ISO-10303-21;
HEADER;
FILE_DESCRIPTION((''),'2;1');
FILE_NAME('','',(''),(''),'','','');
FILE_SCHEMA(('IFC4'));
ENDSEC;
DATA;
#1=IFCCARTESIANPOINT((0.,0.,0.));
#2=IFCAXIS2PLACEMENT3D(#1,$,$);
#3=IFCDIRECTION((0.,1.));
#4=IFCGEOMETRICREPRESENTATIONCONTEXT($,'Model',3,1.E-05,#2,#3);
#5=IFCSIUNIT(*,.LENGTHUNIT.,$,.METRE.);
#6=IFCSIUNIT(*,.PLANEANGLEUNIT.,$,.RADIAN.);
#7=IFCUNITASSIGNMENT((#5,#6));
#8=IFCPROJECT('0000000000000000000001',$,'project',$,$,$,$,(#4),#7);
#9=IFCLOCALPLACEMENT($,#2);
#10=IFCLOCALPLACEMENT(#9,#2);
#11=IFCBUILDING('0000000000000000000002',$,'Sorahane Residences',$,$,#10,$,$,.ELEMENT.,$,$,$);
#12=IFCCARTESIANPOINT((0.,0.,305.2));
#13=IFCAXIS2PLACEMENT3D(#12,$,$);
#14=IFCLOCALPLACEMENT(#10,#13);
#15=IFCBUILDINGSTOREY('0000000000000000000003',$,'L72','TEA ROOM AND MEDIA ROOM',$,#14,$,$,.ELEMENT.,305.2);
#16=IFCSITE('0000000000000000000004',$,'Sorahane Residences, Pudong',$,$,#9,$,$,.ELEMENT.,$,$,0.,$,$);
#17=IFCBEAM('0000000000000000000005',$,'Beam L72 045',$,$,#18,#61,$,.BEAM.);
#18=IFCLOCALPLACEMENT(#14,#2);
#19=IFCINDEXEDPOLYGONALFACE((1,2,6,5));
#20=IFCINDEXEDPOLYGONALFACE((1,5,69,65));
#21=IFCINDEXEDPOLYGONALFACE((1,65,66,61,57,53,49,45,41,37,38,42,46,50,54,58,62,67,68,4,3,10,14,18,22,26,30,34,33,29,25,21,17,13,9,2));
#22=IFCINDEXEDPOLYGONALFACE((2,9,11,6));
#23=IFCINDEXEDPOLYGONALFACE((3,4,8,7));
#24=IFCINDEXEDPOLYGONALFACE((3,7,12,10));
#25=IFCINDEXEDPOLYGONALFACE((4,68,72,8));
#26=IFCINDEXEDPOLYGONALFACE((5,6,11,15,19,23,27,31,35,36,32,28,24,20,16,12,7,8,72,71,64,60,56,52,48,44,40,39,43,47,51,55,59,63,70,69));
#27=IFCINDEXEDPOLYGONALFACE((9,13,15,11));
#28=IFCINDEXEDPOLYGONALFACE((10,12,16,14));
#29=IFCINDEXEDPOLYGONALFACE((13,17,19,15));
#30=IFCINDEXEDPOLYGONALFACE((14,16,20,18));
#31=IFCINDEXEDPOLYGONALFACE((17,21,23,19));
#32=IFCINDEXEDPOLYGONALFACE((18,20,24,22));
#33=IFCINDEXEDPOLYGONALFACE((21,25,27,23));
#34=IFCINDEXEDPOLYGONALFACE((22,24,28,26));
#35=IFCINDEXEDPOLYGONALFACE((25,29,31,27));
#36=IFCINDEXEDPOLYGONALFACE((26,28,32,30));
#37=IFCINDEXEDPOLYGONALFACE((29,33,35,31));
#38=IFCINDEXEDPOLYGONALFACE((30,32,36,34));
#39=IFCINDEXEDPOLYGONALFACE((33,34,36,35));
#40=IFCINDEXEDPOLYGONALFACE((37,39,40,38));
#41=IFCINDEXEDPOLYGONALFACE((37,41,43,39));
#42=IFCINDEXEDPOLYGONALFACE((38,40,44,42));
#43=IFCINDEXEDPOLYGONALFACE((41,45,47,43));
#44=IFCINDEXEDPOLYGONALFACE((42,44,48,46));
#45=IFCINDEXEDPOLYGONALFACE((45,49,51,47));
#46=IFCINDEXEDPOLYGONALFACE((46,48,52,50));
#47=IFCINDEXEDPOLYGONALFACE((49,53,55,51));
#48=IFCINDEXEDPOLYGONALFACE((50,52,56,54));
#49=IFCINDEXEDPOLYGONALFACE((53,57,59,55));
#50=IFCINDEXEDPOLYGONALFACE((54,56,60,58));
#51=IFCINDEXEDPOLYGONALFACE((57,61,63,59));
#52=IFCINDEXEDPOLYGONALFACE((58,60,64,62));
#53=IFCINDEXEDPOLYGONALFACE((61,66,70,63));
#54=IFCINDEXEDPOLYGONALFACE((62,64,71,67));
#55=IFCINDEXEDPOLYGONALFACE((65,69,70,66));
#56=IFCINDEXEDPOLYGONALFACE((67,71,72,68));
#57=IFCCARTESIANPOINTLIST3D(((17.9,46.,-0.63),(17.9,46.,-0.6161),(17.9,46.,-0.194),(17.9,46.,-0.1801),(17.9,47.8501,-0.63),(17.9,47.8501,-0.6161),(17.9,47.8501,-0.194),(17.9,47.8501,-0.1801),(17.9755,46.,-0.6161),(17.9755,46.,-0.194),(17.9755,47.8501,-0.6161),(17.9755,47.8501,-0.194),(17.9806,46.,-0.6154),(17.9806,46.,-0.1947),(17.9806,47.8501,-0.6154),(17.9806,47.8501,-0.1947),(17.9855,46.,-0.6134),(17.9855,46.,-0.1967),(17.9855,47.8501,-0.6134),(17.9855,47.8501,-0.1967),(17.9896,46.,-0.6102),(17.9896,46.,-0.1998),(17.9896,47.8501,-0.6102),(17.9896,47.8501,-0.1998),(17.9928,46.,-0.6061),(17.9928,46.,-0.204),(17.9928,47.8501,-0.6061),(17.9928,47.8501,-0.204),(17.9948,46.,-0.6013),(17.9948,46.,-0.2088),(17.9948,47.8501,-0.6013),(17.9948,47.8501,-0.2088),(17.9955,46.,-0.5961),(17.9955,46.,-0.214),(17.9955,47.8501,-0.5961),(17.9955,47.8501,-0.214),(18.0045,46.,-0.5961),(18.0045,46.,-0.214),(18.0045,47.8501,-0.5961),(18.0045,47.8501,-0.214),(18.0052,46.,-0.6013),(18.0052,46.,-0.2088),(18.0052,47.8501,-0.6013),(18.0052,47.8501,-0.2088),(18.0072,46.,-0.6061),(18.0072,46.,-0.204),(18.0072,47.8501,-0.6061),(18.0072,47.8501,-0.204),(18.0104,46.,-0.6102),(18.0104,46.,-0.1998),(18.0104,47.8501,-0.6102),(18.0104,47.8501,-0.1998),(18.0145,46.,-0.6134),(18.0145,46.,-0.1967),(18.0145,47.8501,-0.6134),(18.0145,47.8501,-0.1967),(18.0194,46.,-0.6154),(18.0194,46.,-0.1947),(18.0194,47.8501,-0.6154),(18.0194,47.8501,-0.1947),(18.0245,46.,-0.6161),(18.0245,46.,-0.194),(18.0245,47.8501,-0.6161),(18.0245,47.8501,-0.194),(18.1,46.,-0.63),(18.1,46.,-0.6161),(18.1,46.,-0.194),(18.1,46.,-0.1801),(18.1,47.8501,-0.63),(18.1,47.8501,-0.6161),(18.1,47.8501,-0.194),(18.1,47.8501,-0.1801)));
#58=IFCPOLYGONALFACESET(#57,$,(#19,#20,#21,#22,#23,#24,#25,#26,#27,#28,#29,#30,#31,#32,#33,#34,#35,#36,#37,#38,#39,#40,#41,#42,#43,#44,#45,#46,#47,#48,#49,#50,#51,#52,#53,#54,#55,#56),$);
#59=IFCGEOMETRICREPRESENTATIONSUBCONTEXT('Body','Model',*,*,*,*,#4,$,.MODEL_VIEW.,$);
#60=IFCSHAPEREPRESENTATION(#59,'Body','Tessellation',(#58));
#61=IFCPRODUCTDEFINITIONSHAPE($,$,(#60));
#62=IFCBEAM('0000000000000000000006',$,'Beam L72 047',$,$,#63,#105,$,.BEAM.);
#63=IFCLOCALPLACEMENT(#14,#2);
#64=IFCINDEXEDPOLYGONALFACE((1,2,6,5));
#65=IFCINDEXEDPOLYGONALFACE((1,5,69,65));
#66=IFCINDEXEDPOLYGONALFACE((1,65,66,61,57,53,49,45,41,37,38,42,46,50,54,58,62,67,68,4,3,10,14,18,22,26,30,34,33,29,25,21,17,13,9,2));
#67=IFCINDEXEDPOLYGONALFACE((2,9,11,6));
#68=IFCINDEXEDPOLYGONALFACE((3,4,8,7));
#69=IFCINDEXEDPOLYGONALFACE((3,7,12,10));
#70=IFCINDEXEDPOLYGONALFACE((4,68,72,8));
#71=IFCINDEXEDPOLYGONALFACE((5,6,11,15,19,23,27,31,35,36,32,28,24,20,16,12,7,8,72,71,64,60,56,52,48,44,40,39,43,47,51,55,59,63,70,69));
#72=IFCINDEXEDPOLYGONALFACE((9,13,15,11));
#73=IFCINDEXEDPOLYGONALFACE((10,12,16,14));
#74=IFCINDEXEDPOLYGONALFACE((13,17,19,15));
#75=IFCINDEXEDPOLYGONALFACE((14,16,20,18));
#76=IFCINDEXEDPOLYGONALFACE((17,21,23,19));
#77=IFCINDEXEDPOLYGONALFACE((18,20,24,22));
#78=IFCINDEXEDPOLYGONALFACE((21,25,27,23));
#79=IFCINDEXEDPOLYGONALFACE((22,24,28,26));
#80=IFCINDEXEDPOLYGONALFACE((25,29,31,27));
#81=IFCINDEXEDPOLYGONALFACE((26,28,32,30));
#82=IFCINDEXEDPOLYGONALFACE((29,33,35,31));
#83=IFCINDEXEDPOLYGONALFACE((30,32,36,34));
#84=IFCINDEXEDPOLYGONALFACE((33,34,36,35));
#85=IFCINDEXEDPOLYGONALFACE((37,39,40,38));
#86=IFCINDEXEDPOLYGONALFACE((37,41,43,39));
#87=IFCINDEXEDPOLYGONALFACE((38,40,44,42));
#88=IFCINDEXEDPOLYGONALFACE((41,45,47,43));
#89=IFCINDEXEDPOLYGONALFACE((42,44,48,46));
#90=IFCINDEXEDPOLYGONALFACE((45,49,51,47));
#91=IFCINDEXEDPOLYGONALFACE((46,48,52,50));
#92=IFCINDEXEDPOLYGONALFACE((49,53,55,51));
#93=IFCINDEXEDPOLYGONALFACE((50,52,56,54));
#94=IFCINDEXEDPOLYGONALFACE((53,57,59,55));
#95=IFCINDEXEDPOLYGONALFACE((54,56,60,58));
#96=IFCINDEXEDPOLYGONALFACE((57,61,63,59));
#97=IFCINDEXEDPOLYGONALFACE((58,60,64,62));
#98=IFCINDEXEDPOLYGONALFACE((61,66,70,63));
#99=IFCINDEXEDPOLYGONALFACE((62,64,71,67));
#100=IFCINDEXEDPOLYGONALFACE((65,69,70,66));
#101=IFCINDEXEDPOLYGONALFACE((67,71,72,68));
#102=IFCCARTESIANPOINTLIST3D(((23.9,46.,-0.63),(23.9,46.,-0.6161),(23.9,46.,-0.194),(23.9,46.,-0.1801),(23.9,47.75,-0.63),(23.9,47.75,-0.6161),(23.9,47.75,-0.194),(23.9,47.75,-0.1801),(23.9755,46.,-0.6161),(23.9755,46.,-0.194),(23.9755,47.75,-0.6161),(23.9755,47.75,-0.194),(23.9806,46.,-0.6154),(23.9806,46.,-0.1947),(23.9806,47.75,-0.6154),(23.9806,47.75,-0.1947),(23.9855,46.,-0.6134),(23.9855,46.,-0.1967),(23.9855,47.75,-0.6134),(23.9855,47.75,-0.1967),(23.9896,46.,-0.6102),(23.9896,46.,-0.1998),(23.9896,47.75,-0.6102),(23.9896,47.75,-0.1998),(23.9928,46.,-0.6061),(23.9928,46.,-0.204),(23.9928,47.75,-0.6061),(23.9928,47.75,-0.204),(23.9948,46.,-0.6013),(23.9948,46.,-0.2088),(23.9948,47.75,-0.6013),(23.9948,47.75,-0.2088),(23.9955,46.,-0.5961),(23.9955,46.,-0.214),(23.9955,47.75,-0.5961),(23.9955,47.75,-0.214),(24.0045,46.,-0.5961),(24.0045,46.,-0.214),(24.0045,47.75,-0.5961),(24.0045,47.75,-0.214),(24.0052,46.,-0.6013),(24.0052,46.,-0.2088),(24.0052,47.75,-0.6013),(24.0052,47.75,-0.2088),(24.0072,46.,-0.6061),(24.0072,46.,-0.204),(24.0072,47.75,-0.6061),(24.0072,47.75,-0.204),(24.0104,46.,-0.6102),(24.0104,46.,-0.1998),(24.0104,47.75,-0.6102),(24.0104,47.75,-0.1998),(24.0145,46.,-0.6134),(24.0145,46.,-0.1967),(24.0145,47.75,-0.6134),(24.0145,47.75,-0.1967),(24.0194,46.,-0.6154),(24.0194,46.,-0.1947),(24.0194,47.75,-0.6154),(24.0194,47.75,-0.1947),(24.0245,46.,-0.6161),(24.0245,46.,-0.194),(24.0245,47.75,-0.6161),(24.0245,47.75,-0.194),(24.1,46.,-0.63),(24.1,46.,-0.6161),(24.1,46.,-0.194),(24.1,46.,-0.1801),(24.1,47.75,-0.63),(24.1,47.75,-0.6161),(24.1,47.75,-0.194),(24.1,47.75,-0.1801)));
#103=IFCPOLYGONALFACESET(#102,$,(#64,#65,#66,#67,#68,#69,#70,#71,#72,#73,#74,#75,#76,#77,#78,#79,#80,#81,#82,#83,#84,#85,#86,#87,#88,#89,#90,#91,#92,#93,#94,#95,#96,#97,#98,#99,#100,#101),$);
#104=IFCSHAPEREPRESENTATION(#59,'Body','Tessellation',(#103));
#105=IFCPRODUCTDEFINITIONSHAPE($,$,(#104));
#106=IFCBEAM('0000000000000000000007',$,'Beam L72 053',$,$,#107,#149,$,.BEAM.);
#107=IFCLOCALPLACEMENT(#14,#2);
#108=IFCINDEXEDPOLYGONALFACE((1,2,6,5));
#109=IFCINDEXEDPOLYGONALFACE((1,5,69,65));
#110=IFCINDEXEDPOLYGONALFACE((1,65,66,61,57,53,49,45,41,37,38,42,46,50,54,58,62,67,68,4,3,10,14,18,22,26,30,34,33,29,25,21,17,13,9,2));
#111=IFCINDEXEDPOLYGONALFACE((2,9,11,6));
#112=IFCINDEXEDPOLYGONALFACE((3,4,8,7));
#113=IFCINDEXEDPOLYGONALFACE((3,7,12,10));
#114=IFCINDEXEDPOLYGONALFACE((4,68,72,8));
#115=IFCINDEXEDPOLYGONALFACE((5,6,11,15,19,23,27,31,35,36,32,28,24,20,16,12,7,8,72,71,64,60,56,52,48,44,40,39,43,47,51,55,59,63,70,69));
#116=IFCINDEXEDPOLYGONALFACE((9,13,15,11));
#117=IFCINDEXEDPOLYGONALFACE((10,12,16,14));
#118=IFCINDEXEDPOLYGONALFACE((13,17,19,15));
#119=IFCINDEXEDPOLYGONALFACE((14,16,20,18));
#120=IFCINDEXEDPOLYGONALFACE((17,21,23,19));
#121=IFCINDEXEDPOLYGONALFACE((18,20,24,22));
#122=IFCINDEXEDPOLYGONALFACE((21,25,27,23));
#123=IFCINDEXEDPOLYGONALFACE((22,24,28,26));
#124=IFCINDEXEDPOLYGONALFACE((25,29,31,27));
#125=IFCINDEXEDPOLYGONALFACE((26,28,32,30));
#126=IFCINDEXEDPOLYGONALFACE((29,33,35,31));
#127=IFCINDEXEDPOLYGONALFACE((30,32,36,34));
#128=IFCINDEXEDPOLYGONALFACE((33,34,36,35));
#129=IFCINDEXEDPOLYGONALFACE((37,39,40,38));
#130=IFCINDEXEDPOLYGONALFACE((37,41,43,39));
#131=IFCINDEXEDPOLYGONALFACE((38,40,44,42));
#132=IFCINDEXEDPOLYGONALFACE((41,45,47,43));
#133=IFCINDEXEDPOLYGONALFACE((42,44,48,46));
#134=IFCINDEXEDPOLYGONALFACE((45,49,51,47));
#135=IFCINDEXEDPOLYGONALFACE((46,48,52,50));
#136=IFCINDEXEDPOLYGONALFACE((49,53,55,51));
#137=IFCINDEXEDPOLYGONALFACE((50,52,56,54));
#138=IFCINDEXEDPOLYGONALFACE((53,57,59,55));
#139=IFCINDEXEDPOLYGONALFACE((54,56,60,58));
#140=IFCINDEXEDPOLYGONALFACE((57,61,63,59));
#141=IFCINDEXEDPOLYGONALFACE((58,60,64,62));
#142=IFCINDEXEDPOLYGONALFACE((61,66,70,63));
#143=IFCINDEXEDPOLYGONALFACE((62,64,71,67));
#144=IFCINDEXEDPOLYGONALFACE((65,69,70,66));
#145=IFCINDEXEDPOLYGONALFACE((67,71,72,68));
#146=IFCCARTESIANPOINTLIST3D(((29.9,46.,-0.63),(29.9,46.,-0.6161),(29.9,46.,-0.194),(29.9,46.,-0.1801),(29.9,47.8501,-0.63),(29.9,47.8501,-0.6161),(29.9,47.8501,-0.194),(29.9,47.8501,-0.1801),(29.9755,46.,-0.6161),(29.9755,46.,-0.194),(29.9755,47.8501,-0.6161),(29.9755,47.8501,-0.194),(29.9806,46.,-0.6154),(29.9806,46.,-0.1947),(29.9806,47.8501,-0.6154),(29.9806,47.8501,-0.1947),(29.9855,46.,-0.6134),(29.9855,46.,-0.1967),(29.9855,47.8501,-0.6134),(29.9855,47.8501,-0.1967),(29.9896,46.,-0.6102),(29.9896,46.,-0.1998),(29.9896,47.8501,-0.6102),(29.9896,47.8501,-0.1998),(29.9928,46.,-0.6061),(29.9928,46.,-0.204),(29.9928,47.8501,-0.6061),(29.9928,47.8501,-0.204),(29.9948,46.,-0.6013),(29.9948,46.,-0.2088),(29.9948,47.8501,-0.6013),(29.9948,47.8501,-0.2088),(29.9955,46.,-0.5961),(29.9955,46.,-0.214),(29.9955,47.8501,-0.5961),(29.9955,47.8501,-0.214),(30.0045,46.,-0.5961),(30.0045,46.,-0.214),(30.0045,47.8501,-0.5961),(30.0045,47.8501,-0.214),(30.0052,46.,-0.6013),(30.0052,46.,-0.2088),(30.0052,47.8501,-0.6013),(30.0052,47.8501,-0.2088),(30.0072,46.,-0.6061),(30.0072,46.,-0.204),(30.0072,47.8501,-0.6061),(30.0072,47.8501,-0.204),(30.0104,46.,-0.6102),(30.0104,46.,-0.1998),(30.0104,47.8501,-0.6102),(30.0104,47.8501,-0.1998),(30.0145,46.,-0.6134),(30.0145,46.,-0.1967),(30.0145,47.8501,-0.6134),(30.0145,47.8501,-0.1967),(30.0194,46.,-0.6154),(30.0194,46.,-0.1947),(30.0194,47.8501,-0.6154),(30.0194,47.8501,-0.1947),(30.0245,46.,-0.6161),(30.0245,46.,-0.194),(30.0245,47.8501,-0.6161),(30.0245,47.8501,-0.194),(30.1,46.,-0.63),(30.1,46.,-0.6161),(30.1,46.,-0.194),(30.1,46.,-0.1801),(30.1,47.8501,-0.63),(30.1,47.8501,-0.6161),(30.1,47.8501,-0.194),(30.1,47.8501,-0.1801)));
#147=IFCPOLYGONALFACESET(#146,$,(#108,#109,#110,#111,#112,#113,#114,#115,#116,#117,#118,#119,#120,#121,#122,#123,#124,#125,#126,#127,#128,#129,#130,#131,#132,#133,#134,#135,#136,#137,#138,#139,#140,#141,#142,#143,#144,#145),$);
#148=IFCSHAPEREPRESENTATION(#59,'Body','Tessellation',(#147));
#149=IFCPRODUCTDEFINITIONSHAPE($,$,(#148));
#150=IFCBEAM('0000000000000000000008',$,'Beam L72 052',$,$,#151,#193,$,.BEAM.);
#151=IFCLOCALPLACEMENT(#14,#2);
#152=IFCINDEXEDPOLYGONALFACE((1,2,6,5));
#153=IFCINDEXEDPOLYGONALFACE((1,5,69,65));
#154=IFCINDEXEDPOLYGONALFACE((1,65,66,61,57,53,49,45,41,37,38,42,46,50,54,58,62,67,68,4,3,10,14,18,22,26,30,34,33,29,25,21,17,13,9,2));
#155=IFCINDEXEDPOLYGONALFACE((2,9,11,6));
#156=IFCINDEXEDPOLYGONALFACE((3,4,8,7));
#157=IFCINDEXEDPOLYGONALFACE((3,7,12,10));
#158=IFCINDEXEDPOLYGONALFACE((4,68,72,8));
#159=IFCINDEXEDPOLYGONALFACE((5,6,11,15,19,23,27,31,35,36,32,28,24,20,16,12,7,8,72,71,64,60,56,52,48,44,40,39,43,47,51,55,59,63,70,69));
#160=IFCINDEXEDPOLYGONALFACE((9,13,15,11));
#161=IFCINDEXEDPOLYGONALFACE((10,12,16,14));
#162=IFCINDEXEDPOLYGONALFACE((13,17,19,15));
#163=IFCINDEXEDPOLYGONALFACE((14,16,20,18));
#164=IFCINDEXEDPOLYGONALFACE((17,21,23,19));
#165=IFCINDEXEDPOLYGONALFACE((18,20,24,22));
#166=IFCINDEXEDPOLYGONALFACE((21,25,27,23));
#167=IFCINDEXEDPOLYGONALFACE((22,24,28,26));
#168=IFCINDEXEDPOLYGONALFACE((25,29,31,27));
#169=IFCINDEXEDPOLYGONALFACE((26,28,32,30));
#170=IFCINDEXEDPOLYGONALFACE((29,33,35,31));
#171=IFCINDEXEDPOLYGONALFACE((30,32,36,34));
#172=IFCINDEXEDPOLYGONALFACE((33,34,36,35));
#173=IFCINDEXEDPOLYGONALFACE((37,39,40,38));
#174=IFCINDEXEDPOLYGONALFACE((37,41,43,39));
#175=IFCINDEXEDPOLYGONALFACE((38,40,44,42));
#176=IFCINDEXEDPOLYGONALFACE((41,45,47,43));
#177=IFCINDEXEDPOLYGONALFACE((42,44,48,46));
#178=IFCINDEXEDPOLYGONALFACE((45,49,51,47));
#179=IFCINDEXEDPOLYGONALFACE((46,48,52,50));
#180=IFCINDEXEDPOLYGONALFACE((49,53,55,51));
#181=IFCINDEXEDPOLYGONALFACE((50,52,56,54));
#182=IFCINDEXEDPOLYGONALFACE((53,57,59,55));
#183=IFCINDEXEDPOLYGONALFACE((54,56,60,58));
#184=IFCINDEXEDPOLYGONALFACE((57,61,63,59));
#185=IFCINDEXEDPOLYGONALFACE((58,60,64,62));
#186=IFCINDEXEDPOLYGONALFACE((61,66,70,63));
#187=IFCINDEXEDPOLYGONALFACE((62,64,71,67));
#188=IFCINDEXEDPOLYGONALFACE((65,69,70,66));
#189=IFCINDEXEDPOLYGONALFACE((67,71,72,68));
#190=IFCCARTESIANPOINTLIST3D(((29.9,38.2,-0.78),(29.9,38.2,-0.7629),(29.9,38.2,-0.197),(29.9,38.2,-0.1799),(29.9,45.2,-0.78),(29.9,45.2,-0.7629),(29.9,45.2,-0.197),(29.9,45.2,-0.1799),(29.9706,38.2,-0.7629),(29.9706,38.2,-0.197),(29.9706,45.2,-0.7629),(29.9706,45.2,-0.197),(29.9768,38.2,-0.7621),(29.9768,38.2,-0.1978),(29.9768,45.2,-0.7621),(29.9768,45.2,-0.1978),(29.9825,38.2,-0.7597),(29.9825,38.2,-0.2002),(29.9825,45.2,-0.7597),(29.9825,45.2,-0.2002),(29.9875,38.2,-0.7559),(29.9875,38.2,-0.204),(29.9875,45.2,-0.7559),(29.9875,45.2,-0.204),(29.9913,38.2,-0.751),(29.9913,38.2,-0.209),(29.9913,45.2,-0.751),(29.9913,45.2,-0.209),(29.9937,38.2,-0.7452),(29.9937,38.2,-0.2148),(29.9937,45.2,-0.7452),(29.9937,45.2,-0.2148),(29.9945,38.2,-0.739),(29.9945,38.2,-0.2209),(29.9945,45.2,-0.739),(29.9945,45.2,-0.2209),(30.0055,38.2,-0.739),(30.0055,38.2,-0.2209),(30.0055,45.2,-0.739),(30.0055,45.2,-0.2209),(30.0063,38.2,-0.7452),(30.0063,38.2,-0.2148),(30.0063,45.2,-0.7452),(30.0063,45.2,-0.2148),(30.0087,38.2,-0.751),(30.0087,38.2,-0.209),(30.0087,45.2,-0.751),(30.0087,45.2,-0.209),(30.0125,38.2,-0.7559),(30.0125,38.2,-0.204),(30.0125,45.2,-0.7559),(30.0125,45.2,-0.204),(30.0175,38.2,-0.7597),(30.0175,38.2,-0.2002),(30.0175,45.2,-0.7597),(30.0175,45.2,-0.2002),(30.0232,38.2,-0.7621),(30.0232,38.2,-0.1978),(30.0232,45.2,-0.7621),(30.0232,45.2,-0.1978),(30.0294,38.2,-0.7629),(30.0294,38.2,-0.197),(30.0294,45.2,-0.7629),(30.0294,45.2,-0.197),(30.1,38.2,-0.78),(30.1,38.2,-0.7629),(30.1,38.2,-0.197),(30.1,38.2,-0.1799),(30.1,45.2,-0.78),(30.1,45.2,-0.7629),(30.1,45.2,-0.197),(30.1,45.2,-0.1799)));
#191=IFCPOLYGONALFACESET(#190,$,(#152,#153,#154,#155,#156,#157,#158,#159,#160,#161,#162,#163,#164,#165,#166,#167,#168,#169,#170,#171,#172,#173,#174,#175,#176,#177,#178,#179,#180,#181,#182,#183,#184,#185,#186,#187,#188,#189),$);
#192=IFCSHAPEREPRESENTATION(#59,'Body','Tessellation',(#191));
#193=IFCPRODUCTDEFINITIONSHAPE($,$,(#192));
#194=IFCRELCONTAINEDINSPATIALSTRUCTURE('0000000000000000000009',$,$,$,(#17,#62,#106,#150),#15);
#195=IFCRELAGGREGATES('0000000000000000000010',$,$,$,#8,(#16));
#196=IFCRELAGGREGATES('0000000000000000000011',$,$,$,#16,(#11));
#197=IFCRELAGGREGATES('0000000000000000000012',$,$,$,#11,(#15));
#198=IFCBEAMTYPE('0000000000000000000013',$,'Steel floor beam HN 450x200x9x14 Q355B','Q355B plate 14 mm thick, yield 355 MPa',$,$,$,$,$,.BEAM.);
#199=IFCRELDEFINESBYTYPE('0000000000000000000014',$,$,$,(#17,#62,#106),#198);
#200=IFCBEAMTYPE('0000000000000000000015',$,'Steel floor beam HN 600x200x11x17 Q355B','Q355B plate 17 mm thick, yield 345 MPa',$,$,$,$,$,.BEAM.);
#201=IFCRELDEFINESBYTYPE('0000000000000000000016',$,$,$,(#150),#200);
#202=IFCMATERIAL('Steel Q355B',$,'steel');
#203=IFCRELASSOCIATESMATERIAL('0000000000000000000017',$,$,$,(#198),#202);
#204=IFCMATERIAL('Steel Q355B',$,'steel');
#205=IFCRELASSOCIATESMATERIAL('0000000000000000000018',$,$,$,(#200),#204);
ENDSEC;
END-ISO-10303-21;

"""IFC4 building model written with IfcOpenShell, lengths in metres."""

from ifc_helpers import new_model, si_unit, direction, frame, origin, origin_2d, place, context, subcontext, project, spatial, i_section, extrude, material, material_profile, profile_set, type_object, element, save


model = new_model("IFC4")

# Units and contexts
model_context = context("Model", 3, precision=1e-05, world=origin(), true_north=direction((0.0, 1.0)))
body_context = subcontext(model_context, "Body", "Model", "MODEL_VIEW")
ifc_project = project(units=[si_unit("LENGTHUNIT", "METRE"), si_unit("PLANEANGLEUNIT", "RADIAN")], contexts=[model_context])

# Site, building, storey
site_placement = place(None, origin())
site = spatial("IfcSite", under=ifc_project, at=site_placement, Name="Sorahane Residences, Pudong", CompositionType="ELEMENT", RefElevation=0.0)
building_placement = place(site_placement, origin())
building = spatial("IfcBuilding", under=site, at=building_placement, Name="Sorahane Residences", CompositionType="ELEMENT")
storey_placement = place(building_placement, frame((0.0, 0.0, 305.2)))
storey = spatial("IfcBuildingStorey", under=building, at=storey_placement, Name="L72", Description="TEA ROOM AND MEDIA ROOM", CompositionType="ELEMENT", Elevation=305.2)

# Beams
ifc_material_1 = material(Name="Steel Q355B", Category="steel")
ifc_material_profile_1 = material_profile(ifc_material_1, i_section(OverallWidth=0.2, OverallDepth=0.45, WebThickness=0.009, FlangeThickness=0.0139, FilletRadius=0.02, at=origin_2d()), Name="HN 450x200x9x14")
ifc_profile_set_1 = profile_set([ifc_material_profile_1], Name="Steel Q355B")
beam_type_1 = type_object("IfcBeamType", Name="Steel floor beam HN 450x200x9x14 Q355B", Description="Q355B plate 14 mm thick, yield 355 MPa", PredefinedType="BEAM", material=ifc_profile_set_1)
beam_1_placement = place(storey_placement, frame((18.0, 46.0, -0.405), z_axis=(0.0, 1.0, 0.0), x_axis=(-1.0, 0.0, 0.0)))
element("IfcBeam", 1, at=beam_1_placement, inside=storey, type_object=beam_type_1, Name="Beam L72 045", PredefinedType="BEAM", context=body_context, shape_type="SweptSolid", body=[
    extrude(i_section(OverallWidth=0.2, OverallDepth=0.45, WebThickness=0.009, FlangeThickness=0.0139, FilletRadius=0.02, at=origin_2d()), origin(), (0.0, 0.0, 1.0), 1.8501),
])
beam_2_placement = place(storey_placement, frame((24.0, 46.0, -0.405), z_axis=(0.0, 1.0, 0.0), x_axis=(-1.0, 0.0, 0.0)))
element("IfcBeam", 2, at=beam_2_placement, inside=storey, type_object=beam_type_1, Name="Beam L72 047", PredefinedType="BEAM", context=body_context, shape_type="SweptSolid", body=[
    extrude(i_section(OverallWidth=0.2, OverallDepth=0.45, WebThickness=0.009, FlangeThickness=0.0139, FilletRadius=0.02, at=origin_2d()), origin(), (0.0, 0.0, 1.0), 1.75),
])
beam_3_placement = place(storey_placement, frame((30.0, 46.0, -0.405), z_axis=(0.0, 1.0, 0.0), x_axis=(-1.0, 0.0, 0.0)))
element("IfcBeam", 3, at=beam_3_placement, inside=storey, type_object=beam_type_1, Name="Beam L72 053", PredefinedType="BEAM", context=body_context, shape_type="SweptSolid", body=[
    extrude(i_section(OverallWidth=0.2, OverallDepth=0.45, WebThickness=0.009, FlangeThickness=0.0139, FilletRadius=0.02, at=origin_2d()), origin(), (0.0, 0.0, 1.0), 1.8501),
])
ifc_material_2 = material(Name="Steel Q355B", Category="steel")
ifc_material_profile_2 = material_profile(ifc_material_2, i_section(OverallWidth=0.2, OverallDepth=0.6001, WebThickness=0.011, FlangeThickness=0.0171, FilletRadius=0.0239, at=origin_2d()), Name="HN 600x200x11x17")
ifc_profile_set_2 = profile_set([ifc_material_profile_2], Name="Steel Q355B")
beam_type_2 = type_object("IfcBeamType", Name="Steel floor beam HN 600x200x11x17 Q355B", Description="Q355B plate 17 mm thick, yield 345 MPa", PredefinedType="BEAM", material=ifc_profile_set_2)
beam_4_placement = place(storey_placement, frame((30.0, 38.2, -0.48), z_axis=(0.0, 1.0, 0.0), x_axis=(-1.0, 0.0, 0.0)))
element("IfcBeam", 4, at=beam_4_placement, inside=storey, type_object=beam_type_2, Name="Beam L72 052", PredefinedType="BEAM", context=body_context, shape_type="SweptSolid", body=[
    extrude(i_section(OverallWidth=0.2, OverallDepth=0.6001, WebThickness=0.011, FlangeThickness=0.0171, FilletRadius=0.0239, at=origin_2d()), origin(), (0.0, 0.0, 1.0), 7.0),
])

save(model, "model.ifc")
